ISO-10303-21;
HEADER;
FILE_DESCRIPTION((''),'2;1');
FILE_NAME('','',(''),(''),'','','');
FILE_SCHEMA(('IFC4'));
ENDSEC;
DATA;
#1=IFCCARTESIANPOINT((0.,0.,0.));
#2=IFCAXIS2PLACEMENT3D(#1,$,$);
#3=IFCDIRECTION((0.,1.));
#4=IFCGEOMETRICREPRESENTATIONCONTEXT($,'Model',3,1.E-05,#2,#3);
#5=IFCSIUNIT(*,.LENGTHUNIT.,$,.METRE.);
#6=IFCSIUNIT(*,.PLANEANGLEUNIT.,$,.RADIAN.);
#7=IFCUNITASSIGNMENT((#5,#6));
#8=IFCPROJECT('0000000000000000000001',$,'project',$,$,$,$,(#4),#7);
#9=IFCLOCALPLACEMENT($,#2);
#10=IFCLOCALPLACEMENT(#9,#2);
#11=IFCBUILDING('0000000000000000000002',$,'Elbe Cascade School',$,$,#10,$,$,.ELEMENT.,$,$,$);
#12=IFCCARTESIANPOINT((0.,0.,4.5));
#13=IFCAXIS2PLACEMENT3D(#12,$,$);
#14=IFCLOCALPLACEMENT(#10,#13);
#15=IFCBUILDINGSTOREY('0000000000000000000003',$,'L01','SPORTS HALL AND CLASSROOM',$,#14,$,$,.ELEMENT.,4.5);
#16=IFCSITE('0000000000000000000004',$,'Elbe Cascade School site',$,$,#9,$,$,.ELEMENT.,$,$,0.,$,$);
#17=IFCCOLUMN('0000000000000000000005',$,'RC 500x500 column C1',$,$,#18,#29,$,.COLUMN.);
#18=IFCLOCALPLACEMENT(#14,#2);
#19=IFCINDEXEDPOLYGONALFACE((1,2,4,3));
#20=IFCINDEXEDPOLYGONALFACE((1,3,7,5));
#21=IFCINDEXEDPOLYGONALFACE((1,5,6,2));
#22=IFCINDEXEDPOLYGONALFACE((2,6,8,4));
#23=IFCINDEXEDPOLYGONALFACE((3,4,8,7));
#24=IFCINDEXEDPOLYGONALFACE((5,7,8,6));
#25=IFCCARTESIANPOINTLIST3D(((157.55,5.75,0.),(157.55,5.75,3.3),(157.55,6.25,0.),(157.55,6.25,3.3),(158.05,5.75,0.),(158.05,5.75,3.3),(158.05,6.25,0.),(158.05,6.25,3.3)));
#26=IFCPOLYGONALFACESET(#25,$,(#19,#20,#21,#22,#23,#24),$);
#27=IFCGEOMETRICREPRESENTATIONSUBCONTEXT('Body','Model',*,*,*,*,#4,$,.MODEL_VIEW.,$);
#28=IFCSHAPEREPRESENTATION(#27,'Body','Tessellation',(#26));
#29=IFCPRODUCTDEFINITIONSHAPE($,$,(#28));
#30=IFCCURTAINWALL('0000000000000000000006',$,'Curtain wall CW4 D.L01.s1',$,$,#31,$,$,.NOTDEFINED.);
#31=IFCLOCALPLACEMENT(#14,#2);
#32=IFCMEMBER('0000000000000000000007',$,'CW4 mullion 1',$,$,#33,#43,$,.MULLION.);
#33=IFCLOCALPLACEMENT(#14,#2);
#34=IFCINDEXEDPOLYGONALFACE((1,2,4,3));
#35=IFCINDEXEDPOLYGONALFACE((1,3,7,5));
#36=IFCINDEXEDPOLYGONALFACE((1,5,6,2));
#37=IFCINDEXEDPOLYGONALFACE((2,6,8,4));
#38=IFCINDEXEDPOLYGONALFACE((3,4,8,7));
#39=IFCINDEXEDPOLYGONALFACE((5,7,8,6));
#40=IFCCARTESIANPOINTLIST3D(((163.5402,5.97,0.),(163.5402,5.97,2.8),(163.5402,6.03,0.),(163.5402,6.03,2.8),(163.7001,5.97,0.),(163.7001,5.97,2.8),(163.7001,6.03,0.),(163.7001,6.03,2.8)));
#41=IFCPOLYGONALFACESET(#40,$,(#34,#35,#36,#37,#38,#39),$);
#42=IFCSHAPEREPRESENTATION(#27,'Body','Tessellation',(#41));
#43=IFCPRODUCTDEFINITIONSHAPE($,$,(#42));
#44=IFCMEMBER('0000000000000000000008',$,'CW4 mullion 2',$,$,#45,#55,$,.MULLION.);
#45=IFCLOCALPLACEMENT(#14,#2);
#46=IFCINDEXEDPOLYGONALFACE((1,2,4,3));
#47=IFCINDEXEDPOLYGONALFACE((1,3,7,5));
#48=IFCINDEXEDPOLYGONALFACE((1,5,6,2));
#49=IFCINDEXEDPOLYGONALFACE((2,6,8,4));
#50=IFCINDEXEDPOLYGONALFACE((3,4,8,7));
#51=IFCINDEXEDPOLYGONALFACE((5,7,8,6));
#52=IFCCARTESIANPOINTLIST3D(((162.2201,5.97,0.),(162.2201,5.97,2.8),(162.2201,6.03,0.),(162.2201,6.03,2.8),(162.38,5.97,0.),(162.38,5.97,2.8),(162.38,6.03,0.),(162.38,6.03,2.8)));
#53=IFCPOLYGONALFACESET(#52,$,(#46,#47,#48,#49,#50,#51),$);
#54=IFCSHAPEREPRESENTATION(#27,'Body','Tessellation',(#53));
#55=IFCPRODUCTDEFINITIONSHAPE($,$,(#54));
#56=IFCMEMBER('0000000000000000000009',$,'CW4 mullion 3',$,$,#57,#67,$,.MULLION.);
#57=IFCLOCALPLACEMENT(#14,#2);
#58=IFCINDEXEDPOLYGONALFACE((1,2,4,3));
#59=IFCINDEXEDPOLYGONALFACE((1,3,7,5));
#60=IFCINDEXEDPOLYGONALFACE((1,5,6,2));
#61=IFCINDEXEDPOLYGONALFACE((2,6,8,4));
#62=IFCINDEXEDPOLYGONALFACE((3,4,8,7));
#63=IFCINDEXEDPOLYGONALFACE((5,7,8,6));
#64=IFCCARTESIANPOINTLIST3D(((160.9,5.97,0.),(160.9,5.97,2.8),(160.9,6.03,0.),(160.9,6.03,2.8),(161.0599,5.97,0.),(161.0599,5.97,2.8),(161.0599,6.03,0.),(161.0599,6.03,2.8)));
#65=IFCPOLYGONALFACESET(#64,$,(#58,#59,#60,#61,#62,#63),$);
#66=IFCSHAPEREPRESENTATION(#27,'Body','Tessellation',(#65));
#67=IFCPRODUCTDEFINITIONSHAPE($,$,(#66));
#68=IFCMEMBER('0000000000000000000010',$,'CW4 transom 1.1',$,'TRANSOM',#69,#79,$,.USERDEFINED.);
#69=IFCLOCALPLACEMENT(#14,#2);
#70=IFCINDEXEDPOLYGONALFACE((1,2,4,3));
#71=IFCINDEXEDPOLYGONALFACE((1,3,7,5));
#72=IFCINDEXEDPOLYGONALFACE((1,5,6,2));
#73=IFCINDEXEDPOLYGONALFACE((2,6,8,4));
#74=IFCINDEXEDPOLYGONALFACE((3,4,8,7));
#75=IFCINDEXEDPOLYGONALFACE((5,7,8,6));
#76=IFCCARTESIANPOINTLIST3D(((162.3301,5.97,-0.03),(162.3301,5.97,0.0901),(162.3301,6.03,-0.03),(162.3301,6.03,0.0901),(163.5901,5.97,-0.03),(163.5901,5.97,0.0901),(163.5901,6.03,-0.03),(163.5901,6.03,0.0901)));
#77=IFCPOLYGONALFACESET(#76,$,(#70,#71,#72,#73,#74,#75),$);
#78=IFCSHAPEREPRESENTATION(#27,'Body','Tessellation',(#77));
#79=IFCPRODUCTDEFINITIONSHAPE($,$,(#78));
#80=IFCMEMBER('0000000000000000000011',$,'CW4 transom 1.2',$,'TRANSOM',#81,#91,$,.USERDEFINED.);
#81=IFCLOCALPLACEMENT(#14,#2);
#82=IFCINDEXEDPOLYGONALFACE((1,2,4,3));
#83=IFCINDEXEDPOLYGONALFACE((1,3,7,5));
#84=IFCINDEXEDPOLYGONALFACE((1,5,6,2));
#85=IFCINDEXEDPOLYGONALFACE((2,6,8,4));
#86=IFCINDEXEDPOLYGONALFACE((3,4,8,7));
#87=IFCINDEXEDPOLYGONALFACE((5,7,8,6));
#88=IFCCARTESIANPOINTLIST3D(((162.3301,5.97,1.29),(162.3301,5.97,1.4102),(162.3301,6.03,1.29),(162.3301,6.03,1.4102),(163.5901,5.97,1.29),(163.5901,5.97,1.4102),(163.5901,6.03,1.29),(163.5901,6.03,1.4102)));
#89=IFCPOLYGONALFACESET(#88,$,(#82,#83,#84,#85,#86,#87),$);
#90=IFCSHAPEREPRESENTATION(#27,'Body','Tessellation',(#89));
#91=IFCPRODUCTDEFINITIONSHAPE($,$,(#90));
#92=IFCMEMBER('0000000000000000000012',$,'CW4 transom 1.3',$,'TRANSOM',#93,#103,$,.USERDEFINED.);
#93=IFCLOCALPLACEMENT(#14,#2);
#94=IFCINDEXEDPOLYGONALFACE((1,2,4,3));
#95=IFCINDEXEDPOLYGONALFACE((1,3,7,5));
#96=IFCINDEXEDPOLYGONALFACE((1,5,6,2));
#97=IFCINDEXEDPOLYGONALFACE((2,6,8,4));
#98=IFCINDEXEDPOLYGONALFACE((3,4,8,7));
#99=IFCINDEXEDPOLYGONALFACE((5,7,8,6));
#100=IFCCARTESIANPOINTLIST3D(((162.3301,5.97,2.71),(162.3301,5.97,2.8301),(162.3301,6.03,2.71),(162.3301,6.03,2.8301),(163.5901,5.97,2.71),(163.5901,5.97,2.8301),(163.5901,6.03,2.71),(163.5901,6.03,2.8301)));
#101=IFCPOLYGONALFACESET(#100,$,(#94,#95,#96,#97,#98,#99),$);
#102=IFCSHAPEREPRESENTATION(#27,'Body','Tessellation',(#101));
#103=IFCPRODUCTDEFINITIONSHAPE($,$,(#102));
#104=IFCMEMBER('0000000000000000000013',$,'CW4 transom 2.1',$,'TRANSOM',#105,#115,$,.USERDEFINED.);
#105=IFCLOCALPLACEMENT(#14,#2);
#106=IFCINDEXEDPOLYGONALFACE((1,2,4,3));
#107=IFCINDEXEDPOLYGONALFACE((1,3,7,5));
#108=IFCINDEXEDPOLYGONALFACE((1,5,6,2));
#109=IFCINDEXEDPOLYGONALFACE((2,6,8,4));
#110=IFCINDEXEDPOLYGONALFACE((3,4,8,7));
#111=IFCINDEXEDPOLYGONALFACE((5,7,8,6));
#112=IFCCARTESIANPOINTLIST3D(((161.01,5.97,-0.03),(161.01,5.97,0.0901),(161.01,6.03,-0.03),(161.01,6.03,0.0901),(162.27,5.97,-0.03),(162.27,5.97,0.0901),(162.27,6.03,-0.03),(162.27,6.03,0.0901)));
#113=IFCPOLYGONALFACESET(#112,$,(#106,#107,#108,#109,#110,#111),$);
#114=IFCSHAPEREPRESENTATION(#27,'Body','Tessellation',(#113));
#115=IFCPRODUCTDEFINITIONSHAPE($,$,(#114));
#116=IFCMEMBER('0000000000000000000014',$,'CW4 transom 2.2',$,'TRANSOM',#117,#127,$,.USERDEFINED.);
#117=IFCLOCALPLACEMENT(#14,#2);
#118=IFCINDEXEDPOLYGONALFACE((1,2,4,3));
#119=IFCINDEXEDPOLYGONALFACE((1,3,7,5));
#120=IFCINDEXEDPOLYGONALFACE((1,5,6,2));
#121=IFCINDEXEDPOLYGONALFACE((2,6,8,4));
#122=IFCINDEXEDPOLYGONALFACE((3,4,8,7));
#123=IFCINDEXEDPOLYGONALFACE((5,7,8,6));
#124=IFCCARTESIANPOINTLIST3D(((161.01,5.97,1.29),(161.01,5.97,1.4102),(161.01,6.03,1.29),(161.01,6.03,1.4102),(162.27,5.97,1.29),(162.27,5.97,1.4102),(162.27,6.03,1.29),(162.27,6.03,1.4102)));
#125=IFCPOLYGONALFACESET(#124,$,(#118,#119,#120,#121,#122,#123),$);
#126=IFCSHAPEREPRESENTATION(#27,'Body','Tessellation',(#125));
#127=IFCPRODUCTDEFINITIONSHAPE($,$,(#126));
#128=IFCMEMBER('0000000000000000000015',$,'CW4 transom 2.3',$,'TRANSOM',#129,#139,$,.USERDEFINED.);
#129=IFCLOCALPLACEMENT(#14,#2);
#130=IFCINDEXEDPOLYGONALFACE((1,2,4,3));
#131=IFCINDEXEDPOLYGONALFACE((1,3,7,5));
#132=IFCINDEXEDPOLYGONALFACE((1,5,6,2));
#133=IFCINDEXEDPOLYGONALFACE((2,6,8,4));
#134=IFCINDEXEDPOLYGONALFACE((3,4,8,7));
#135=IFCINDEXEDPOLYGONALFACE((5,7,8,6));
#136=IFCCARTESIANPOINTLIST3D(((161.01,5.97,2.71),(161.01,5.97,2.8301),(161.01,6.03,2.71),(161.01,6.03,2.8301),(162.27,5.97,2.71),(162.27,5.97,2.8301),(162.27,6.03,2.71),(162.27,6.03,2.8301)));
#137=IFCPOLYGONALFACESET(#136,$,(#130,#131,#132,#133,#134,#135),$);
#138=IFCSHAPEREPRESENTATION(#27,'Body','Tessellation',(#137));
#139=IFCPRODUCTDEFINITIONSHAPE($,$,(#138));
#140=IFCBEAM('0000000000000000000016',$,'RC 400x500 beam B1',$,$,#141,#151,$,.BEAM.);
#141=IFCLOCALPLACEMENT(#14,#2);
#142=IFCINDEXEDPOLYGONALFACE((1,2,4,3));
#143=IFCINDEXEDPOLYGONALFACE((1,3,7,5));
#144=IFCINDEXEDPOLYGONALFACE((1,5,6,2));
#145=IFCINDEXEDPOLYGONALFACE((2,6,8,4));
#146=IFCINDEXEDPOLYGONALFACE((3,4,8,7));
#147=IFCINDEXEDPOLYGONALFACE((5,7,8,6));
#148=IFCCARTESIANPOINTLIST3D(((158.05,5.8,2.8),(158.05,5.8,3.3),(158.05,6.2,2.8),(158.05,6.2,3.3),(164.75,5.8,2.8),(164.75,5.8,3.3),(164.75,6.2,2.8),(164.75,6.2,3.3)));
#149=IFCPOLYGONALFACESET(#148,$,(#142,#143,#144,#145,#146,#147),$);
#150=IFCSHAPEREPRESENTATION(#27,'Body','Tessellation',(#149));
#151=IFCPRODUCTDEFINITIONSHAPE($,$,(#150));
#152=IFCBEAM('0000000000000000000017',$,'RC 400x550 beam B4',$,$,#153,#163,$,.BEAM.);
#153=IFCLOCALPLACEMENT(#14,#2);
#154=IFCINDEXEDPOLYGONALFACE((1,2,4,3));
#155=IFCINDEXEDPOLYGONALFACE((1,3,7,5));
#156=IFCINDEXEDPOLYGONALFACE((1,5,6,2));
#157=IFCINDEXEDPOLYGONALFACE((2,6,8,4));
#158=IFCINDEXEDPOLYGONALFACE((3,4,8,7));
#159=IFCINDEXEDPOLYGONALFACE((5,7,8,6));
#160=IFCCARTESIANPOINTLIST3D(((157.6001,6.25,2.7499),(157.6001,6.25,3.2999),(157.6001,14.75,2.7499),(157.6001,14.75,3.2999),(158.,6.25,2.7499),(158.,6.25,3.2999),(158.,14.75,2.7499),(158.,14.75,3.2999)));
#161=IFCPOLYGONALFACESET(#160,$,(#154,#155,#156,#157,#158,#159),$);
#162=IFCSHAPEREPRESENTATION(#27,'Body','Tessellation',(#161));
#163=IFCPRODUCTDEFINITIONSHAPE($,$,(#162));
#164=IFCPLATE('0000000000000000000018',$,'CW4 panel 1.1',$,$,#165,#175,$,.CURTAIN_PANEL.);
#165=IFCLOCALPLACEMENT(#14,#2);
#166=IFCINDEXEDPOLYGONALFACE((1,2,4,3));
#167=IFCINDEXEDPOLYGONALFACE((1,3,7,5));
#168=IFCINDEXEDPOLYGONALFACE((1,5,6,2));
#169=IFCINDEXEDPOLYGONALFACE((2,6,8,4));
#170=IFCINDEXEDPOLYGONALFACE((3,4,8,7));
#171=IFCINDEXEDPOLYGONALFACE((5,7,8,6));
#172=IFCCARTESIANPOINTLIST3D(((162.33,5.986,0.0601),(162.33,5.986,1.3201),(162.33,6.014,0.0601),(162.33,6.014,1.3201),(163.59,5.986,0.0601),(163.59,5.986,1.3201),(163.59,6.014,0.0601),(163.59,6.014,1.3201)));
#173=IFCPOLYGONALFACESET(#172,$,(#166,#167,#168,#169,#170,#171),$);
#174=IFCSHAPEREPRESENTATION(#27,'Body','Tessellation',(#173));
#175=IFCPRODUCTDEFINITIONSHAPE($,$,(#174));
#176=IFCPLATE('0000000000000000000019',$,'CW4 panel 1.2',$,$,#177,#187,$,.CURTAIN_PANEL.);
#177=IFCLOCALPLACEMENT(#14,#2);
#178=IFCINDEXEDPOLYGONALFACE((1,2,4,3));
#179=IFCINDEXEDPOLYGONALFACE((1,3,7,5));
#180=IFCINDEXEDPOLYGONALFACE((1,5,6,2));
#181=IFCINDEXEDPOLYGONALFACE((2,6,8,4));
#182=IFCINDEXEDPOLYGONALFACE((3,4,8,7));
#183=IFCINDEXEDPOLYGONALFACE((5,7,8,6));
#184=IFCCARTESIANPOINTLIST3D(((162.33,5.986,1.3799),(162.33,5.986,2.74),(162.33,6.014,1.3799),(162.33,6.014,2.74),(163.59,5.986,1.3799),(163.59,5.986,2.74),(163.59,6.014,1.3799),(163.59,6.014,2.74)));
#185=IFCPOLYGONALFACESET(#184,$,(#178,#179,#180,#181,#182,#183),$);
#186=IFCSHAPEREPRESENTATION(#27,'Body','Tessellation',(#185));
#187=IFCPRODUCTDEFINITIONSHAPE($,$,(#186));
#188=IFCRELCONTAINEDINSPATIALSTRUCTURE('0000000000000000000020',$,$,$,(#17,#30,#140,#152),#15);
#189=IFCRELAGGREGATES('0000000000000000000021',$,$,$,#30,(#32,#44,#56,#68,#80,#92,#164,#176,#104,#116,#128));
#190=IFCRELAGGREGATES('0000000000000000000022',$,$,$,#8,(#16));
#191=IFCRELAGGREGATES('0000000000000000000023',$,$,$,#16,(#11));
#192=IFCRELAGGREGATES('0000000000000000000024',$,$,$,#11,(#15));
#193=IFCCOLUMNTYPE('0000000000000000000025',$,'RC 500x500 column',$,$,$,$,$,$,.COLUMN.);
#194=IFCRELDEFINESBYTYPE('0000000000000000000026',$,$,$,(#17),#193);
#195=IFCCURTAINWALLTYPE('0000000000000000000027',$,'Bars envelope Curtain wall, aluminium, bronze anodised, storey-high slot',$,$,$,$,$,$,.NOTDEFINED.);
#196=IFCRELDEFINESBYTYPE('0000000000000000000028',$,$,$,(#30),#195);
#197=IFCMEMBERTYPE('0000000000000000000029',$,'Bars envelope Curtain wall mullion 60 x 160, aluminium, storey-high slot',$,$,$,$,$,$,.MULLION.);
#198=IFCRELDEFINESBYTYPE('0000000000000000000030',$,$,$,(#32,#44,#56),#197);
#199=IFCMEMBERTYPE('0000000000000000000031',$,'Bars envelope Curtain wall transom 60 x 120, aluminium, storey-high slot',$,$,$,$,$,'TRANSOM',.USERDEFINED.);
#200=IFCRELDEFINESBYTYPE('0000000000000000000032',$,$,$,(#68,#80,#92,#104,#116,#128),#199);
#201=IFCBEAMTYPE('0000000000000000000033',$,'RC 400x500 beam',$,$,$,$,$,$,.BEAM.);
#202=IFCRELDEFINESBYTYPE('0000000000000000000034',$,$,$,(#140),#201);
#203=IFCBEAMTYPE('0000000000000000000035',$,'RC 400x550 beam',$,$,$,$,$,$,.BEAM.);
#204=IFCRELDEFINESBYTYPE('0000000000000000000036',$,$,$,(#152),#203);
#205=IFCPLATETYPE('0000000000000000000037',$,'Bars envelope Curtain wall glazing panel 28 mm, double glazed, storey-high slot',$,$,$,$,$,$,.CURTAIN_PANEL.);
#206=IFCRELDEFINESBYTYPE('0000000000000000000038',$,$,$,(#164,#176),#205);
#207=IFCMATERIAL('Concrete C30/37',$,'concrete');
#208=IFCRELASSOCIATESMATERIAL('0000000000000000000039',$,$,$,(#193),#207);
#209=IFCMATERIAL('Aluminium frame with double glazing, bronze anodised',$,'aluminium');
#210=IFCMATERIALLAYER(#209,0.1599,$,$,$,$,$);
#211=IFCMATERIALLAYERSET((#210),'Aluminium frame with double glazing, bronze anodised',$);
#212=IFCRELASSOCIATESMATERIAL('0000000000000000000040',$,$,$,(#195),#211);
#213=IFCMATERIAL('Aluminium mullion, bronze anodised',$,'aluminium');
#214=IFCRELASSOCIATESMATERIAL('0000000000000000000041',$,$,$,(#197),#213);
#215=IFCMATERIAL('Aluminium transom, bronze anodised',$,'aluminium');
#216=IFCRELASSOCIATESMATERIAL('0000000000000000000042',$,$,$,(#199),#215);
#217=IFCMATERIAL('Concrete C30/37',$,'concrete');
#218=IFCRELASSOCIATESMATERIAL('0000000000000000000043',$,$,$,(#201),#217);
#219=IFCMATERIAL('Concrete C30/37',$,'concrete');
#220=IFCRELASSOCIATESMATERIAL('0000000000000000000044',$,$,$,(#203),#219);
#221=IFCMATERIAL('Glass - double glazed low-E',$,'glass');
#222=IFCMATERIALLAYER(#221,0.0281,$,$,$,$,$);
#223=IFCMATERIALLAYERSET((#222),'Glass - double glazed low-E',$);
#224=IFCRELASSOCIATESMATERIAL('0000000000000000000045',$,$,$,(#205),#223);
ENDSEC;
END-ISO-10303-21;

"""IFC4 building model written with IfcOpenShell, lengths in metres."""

from ifc_helpers import new_model, si_unit, direction, frame, origin, origin_2d, place, context, subcontext, project, spatial, rectangle, extrude, material, layer, layer_set, material_profile, profile_set, type_object, element, aggregate, save


model = new_model("IFC4")

# Units and contexts
model_context = context("Model", 3, precision=1e-05, world=origin(), true_north=direction((0.0, 1.0)))
body_context = subcontext(model_context, "Body", "Model", "MODEL_VIEW")
ifc_project = project(units=[si_unit("LENGTHUNIT", "METRE"), si_unit("PLANEANGLEUNIT", "RADIAN")], contexts=[model_context])

# Site, building, storey
site_placement = place(None, origin())
site = spatial("IfcSite", under=ifc_project, at=site_placement, Name="Elbe Cascade School site", CompositionType="ELEMENT", RefElevation=0.0)
building_placement = place(site_placement, origin())
building = spatial("IfcBuilding", under=site, at=building_placement, Name="Elbe Cascade School", CompositionType="ELEMENT")
storey_placement = place(building_placement, frame((0.0, 0.0, 4.5)))
storey = spatial("IfcBuildingStorey", under=building, at=storey_placement, Name="L01", Description="SPORTS HALL AND CLASSROOM", CompositionType="ELEMENT", Elevation=4.5)

# Column
ifc_material_1 = material(Name="Concrete C30/37", Category="concrete")
ifc_material_profile_1 = material_profile(ifc_material_1, rectangle(XDim=0.5, YDim=0.5, at=origin_2d()), Name="RC 500x500")
ifc_profile_set_1 = profile_set([ifc_material_profile_1], Name="Concrete C30/37")
column_type = type_object("IfcColumnType", Name="RC 500x500 column", PredefinedType="COLUMN", material=ifc_profile_set_1)
column_placement = place(storey_placement, frame((157.8, 6.0, 0.0), z_axis=(0.0, 0.0, 1.0), x_axis=(1.0, 0.0, 0.0)))
element("IfcColumn", 1, at=column_placement, inside=storey, type_object=column_type, Name="RC 500x500 column C1", PredefinedType="COLUMN", context=body_context, shape_type="SweptSolid", body=[
    extrude(rectangle(XDim=0.5, YDim=0.5, at=origin_2d()), origin(), (0.0, 0.0, 1.0), 3.3),
])

# Curtain wall, members
ifc_material_2 = material(Name="Aluminium frame with double glazing, bronze anodised", Category="aluminium")
ifc_layer_1 = layer(ifc_material_2, 0.1599)
ifc_layer_set_1 = layer_set([ifc_layer_1], Name="Aluminium frame with double glazing, bronze anodised")
curtain_wall_type = type_object("IfcCurtainWallType", Name="Bars envelope Curtain wall, aluminium, bronze anodised, storey-high slot", PredefinedType="NOTDEFINED", material=ifc_layer_set_1)
curtain_wall_placement = place(storey_placement, origin())
curtain_wall = element("IfcCurtainWall", 2, at=curtain_wall_placement, inside=storey, type_object=curtain_wall_type, Name="Curtain wall CW4 D.L01.s1", PredefinedType="NOTDEFINED")
ifc_material_3 = material(Name="Aluminium mullion, bronze anodised", Category="aluminium")
ifc_material_profile_2 = material_profile(ifc_material_3, rectangle(XDim=0.0601, YDim=0.1599, at=origin_2d()), Name="Bars envelope Curtain wall mullion 60 x 160, aluminium, storey-high slot")
ifc_profile_set_2 = profile_set([ifc_material_profile_2], Name="Aluminium mullion, bronze anodised")
member_type_1 = type_object("IfcMemberType", Name="Bars envelope Curtain wall mullion 60 x 160, aluminium, storey-high slot", PredefinedType="MULLION", material=ifc_profile_set_2)
member_1_placement = place(storey_placement, frame((163.6201, 6.0, 0.0), z_axis=(0.0, 0.0, 1.0), x_axis=(0.0, -1.0, 0.0)))
member_1 = element("IfcMember", 3, at=member_1_placement, type_object=member_type_1, Name="CW4 mullion 1", PredefinedType="MULLION", context=body_context, shape_type="SweptSolid", body=[
    extrude(rectangle(XDim=0.0601, YDim=0.1599, at=origin_2d()), origin(), (0.0, 0.0, 1.0), 2.8),
])
member_2_placement = place(storey_placement, frame((162.3, 6.0, 0.0), z_axis=(0.0, 0.0, 1.0), x_axis=(0.0, -1.0, 0.0)))
member_2 = element("IfcMember", 4, at=member_2_placement, type_object=member_type_1, Name="CW4 mullion 2", PredefinedType="MULLION", context=body_context, shape_type="SweptSolid", body=[
    extrude(rectangle(XDim=0.0601, YDim=0.1599, at=origin_2d()), origin(), (0.0, 0.0, 1.0), 2.8),
])
member_3_placement = place(storey_placement, frame((160.98, 6.0, 0.0), z_axis=(0.0, 0.0, 1.0), x_axis=(0.0, -1.0, 0.0)))
member_3 = element("IfcMember", 5, at=member_3_placement, type_object=member_type_1, Name="CW4 mullion 3", PredefinedType="MULLION", context=body_context, shape_type="SweptSolid", body=[
    extrude(rectangle(XDim=0.0601, YDim=0.1599, at=origin_2d()), origin(), (0.0, 0.0, 1.0), 2.8),
])
ifc_material_4 = material(Name="Aluminium transom, bronze anodised", Category="aluminium")
ifc_material_profile_3 = material_profile(ifc_material_4, rectangle(XDim=0.0601, YDim=0.1201, at=origin_2d()), Name="Bars envelope Curtain wall transom 60 x 120, aluminium, storey-high slot")
ifc_profile_set_3 = profile_set([ifc_material_profile_3], Name="Aluminium transom, bronze anodised")
member_type_2 = type_object("IfcMemberType", Name="Bars envelope Curtain wall transom 60 x 120, aluminium, storey-high slot", ElementType="TRANSOM", PredefinedType="USERDEFINED", material=ifc_profile_set_3)
member_4_placement = place(storey_placement, frame((163.5901, 6.0, 0.03), z_axis=(-1.0, 0.0, 0.0), x_axis=(0.0, -1.0, 0.0)))
member_4 = element("IfcMember", 6, at=member_4_placement, type_object=member_type_2, Name="CW4 transom 1.1", ObjectType="TRANSOM", PredefinedType="USERDEFINED", context=body_context, shape_type="SweptSolid", body=[
    extrude(rectangle(XDim=0.0601, YDim=0.1201, at=origin_2d()), origin(), (0.0, 0.0, 1.0), 1.26),
])
member_5_placement = place(storey_placement, frame((163.5901, 6.0, 1.3501), z_axis=(-1.0, 0.0, 0.0), x_axis=(0.0, -1.0, 0.0)))
member_5 = element("IfcMember", 7, at=member_5_placement, type_object=member_type_2, Name="CW4 transom 1.2", ObjectType="TRANSOM", PredefinedType="USERDEFINED", context=body_context, shape_type="SweptSolid", body=[
    extrude(rectangle(XDim=0.0601, YDim=0.1201, at=origin_2d()), origin(), (0.0, 0.0, 1.0), 1.26),
])
member_6_placement = place(storey_placement, frame((163.5901, 6.0, 2.77), z_axis=(-1.0, 0.0, 0.0), x_axis=(0.0, -1.0, 0.0)))
member_6 = element("IfcMember", 8, at=member_6_placement, type_object=member_type_2, Name="CW4 transom 1.3", ObjectType="TRANSOM", PredefinedType="USERDEFINED", context=body_context, shape_type="SweptSolid", body=[
    extrude(rectangle(XDim=0.0601, YDim=0.1201, at=origin_2d()), origin(), (0.0, 0.0, 1.0), 1.26),
])
member_7_placement = place(storey_placement, frame((162.27, 6.0, 0.03), z_axis=(-1.0, 0.0, 0.0), x_axis=(0.0, -1.0, 0.0)))
member_7 = element("IfcMember", 9, at=member_7_placement, type_object=member_type_2, Name="CW4 transom 2.1", ObjectType="TRANSOM", PredefinedType="USERDEFINED", context=body_context, shape_type="SweptSolid", body=[
    extrude(rectangle(XDim=0.0601, YDim=0.1201, at=origin_2d()), origin(), (0.0, 0.0, 1.0), 1.26),
])
member_8_placement = place(storey_placement, frame((162.27, 6.0, 1.3501), z_axis=(-1.0, 0.0, 0.0), x_axis=(0.0, -1.0, 0.0)))
member_8 = element("IfcMember", 10, at=member_8_placement, type_object=member_type_2, Name="CW4 transom 2.2", ObjectType="TRANSOM", PredefinedType="USERDEFINED", context=body_context, shape_type="SweptSolid", body=[
    extrude(rectangle(XDim=0.0601, YDim=0.1201, at=origin_2d()), origin(), (0.0, 0.0, 1.0), 1.26),
])
member_9_placement = place(storey_placement, frame((162.27, 6.0, 2.77), z_axis=(-1.0, 0.0, 0.0), x_axis=(0.0, -1.0, 0.0)))
member_9 = element("IfcMember", 11, at=member_9_placement, type_object=member_type_2, Name="CW4 transom 2.3", ObjectType="TRANSOM", PredefinedType="USERDEFINED", context=body_context, shape_type="SweptSolid", body=[
    extrude(rectangle(XDim=0.0601, YDim=0.1201, at=origin_2d()), origin(), (0.0, 0.0, 1.0), 1.26),
])

# Beams
ifc_material_5 = material(Name="Concrete C30/37", Category="concrete")
ifc_material_profile_4 = material_profile(ifc_material_5, rectangle(XDim=0.3999, YDim=0.5, at=origin_2d()), Name="RC 400x500")
ifc_profile_set_4 = profile_set([ifc_material_profile_4], Name="Concrete C30/37")
beam_type_1 = type_object("IfcBeamType", Name="RC 400x500 beam", PredefinedType="BEAM", material=ifc_profile_set_4)
beam_1_placement = place(storey_placement, frame((158.05, 6.0, 3.05), z_axis=(1.0, 0.0, 0.0), x_axis=(0.0, 1.0, 0.0)))
element("IfcBeam", 12, at=beam_1_placement, inside=storey, type_object=beam_type_1, Name="RC 400x500 beam B1", PredefinedType="BEAM", context=body_context, shape_type="SweptSolid", body=[
    extrude(rectangle(XDim=0.3999, YDim=0.5, at=origin_2d()), origin(), (0.0, 0.0, 1.0), 6.7),
])
ifc_material_6 = material(Name="Concrete C30/37", Category="concrete")
ifc_material_profile_5 = material_profile(ifc_material_6, rectangle(XDim=0.3999, YDim=0.55, at=origin_2d()), Name="RC 400x550")
ifc_profile_set_5 = profile_set([ifc_material_profile_5], Name="Concrete C30/37")
beam_type_2 = type_object("IfcBeamType", Name="RC 400x550 beam", PredefinedType="BEAM", material=ifc_profile_set_5)
beam_2_placement = place(storey_placement, frame((157.8, 6.25, 3.0249), z_axis=(0.0, 1.0, 0.0), x_axis=(-1.0, 0.0, 0.0)))
element("IfcBeam", 13, at=beam_2_placement, inside=storey, type_object=beam_type_2, Name="RC 400x550 beam B4", PredefinedType="BEAM", context=body_context, shape_type="SweptSolid", body=[
    extrude(rectangle(XDim=0.3999, YDim=0.55, at=origin_2d()), origin(), (0.0, 0.0, 1.0), 8.5),
])

# Plates
ifc_material_7 = material(Name="Glass - double glazed low-E", Category="glass")
ifc_layer_2 = layer(ifc_material_7, 0.0281)
ifc_layer_set_2 = layer_set([ifc_layer_2], Name="Glass - double glazed low-E")
plate_type = type_object("IfcPlateType", Name="Bars envelope Curtain wall glazing panel 28 mm, double glazed, storey-high slot", PredefinedType="CURTAIN_PANEL", material=ifc_layer_set_2)
plate_1_placement = place(storey_placement, frame((162.96, 6.0, 0.0601), z_axis=(0.0, 0.0, 1.0), x_axis=(-1.0, 0.0, 0.0)))
plate_1 = element("IfcPlate", 14, at=plate_1_placement, type_object=plate_type, Name="CW4 panel 1.1", PredefinedType="CURTAIN_PANEL", context=body_context, shape_type="SweptSolid", body=[
    extrude(rectangle(XDim=1.26, YDim=0.0281, at=origin_2d()), origin(), (0.0, 0.0, 1.0), 1.26),
])
plate_2_placement = place(storey_placement, frame((162.96, 6.0, 1.3799), z_axis=(0.0, 0.0, 1.0), x_axis=(-1.0, 0.0, 0.0)))
plate_2 = element("IfcPlate", 15, at=plate_2_placement, type_object=plate_type, Name="CW4 panel 1.2", PredefinedType="CURTAIN_PANEL", context=body_context, shape_type="SweptSolid", body=[
    extrude(rectangle(XDim=1.26, YDim=0.0281, at=origin_2d()), origin(), (0.0, 0.0, 1.0), 1.3601),
])
aggregate(curtain_wall, [member_1, member_2, member_3, member_4, member_5, member_6, plate_1, plate_2, member_7, member_8, member_9])

save(model, "model.ifc")
